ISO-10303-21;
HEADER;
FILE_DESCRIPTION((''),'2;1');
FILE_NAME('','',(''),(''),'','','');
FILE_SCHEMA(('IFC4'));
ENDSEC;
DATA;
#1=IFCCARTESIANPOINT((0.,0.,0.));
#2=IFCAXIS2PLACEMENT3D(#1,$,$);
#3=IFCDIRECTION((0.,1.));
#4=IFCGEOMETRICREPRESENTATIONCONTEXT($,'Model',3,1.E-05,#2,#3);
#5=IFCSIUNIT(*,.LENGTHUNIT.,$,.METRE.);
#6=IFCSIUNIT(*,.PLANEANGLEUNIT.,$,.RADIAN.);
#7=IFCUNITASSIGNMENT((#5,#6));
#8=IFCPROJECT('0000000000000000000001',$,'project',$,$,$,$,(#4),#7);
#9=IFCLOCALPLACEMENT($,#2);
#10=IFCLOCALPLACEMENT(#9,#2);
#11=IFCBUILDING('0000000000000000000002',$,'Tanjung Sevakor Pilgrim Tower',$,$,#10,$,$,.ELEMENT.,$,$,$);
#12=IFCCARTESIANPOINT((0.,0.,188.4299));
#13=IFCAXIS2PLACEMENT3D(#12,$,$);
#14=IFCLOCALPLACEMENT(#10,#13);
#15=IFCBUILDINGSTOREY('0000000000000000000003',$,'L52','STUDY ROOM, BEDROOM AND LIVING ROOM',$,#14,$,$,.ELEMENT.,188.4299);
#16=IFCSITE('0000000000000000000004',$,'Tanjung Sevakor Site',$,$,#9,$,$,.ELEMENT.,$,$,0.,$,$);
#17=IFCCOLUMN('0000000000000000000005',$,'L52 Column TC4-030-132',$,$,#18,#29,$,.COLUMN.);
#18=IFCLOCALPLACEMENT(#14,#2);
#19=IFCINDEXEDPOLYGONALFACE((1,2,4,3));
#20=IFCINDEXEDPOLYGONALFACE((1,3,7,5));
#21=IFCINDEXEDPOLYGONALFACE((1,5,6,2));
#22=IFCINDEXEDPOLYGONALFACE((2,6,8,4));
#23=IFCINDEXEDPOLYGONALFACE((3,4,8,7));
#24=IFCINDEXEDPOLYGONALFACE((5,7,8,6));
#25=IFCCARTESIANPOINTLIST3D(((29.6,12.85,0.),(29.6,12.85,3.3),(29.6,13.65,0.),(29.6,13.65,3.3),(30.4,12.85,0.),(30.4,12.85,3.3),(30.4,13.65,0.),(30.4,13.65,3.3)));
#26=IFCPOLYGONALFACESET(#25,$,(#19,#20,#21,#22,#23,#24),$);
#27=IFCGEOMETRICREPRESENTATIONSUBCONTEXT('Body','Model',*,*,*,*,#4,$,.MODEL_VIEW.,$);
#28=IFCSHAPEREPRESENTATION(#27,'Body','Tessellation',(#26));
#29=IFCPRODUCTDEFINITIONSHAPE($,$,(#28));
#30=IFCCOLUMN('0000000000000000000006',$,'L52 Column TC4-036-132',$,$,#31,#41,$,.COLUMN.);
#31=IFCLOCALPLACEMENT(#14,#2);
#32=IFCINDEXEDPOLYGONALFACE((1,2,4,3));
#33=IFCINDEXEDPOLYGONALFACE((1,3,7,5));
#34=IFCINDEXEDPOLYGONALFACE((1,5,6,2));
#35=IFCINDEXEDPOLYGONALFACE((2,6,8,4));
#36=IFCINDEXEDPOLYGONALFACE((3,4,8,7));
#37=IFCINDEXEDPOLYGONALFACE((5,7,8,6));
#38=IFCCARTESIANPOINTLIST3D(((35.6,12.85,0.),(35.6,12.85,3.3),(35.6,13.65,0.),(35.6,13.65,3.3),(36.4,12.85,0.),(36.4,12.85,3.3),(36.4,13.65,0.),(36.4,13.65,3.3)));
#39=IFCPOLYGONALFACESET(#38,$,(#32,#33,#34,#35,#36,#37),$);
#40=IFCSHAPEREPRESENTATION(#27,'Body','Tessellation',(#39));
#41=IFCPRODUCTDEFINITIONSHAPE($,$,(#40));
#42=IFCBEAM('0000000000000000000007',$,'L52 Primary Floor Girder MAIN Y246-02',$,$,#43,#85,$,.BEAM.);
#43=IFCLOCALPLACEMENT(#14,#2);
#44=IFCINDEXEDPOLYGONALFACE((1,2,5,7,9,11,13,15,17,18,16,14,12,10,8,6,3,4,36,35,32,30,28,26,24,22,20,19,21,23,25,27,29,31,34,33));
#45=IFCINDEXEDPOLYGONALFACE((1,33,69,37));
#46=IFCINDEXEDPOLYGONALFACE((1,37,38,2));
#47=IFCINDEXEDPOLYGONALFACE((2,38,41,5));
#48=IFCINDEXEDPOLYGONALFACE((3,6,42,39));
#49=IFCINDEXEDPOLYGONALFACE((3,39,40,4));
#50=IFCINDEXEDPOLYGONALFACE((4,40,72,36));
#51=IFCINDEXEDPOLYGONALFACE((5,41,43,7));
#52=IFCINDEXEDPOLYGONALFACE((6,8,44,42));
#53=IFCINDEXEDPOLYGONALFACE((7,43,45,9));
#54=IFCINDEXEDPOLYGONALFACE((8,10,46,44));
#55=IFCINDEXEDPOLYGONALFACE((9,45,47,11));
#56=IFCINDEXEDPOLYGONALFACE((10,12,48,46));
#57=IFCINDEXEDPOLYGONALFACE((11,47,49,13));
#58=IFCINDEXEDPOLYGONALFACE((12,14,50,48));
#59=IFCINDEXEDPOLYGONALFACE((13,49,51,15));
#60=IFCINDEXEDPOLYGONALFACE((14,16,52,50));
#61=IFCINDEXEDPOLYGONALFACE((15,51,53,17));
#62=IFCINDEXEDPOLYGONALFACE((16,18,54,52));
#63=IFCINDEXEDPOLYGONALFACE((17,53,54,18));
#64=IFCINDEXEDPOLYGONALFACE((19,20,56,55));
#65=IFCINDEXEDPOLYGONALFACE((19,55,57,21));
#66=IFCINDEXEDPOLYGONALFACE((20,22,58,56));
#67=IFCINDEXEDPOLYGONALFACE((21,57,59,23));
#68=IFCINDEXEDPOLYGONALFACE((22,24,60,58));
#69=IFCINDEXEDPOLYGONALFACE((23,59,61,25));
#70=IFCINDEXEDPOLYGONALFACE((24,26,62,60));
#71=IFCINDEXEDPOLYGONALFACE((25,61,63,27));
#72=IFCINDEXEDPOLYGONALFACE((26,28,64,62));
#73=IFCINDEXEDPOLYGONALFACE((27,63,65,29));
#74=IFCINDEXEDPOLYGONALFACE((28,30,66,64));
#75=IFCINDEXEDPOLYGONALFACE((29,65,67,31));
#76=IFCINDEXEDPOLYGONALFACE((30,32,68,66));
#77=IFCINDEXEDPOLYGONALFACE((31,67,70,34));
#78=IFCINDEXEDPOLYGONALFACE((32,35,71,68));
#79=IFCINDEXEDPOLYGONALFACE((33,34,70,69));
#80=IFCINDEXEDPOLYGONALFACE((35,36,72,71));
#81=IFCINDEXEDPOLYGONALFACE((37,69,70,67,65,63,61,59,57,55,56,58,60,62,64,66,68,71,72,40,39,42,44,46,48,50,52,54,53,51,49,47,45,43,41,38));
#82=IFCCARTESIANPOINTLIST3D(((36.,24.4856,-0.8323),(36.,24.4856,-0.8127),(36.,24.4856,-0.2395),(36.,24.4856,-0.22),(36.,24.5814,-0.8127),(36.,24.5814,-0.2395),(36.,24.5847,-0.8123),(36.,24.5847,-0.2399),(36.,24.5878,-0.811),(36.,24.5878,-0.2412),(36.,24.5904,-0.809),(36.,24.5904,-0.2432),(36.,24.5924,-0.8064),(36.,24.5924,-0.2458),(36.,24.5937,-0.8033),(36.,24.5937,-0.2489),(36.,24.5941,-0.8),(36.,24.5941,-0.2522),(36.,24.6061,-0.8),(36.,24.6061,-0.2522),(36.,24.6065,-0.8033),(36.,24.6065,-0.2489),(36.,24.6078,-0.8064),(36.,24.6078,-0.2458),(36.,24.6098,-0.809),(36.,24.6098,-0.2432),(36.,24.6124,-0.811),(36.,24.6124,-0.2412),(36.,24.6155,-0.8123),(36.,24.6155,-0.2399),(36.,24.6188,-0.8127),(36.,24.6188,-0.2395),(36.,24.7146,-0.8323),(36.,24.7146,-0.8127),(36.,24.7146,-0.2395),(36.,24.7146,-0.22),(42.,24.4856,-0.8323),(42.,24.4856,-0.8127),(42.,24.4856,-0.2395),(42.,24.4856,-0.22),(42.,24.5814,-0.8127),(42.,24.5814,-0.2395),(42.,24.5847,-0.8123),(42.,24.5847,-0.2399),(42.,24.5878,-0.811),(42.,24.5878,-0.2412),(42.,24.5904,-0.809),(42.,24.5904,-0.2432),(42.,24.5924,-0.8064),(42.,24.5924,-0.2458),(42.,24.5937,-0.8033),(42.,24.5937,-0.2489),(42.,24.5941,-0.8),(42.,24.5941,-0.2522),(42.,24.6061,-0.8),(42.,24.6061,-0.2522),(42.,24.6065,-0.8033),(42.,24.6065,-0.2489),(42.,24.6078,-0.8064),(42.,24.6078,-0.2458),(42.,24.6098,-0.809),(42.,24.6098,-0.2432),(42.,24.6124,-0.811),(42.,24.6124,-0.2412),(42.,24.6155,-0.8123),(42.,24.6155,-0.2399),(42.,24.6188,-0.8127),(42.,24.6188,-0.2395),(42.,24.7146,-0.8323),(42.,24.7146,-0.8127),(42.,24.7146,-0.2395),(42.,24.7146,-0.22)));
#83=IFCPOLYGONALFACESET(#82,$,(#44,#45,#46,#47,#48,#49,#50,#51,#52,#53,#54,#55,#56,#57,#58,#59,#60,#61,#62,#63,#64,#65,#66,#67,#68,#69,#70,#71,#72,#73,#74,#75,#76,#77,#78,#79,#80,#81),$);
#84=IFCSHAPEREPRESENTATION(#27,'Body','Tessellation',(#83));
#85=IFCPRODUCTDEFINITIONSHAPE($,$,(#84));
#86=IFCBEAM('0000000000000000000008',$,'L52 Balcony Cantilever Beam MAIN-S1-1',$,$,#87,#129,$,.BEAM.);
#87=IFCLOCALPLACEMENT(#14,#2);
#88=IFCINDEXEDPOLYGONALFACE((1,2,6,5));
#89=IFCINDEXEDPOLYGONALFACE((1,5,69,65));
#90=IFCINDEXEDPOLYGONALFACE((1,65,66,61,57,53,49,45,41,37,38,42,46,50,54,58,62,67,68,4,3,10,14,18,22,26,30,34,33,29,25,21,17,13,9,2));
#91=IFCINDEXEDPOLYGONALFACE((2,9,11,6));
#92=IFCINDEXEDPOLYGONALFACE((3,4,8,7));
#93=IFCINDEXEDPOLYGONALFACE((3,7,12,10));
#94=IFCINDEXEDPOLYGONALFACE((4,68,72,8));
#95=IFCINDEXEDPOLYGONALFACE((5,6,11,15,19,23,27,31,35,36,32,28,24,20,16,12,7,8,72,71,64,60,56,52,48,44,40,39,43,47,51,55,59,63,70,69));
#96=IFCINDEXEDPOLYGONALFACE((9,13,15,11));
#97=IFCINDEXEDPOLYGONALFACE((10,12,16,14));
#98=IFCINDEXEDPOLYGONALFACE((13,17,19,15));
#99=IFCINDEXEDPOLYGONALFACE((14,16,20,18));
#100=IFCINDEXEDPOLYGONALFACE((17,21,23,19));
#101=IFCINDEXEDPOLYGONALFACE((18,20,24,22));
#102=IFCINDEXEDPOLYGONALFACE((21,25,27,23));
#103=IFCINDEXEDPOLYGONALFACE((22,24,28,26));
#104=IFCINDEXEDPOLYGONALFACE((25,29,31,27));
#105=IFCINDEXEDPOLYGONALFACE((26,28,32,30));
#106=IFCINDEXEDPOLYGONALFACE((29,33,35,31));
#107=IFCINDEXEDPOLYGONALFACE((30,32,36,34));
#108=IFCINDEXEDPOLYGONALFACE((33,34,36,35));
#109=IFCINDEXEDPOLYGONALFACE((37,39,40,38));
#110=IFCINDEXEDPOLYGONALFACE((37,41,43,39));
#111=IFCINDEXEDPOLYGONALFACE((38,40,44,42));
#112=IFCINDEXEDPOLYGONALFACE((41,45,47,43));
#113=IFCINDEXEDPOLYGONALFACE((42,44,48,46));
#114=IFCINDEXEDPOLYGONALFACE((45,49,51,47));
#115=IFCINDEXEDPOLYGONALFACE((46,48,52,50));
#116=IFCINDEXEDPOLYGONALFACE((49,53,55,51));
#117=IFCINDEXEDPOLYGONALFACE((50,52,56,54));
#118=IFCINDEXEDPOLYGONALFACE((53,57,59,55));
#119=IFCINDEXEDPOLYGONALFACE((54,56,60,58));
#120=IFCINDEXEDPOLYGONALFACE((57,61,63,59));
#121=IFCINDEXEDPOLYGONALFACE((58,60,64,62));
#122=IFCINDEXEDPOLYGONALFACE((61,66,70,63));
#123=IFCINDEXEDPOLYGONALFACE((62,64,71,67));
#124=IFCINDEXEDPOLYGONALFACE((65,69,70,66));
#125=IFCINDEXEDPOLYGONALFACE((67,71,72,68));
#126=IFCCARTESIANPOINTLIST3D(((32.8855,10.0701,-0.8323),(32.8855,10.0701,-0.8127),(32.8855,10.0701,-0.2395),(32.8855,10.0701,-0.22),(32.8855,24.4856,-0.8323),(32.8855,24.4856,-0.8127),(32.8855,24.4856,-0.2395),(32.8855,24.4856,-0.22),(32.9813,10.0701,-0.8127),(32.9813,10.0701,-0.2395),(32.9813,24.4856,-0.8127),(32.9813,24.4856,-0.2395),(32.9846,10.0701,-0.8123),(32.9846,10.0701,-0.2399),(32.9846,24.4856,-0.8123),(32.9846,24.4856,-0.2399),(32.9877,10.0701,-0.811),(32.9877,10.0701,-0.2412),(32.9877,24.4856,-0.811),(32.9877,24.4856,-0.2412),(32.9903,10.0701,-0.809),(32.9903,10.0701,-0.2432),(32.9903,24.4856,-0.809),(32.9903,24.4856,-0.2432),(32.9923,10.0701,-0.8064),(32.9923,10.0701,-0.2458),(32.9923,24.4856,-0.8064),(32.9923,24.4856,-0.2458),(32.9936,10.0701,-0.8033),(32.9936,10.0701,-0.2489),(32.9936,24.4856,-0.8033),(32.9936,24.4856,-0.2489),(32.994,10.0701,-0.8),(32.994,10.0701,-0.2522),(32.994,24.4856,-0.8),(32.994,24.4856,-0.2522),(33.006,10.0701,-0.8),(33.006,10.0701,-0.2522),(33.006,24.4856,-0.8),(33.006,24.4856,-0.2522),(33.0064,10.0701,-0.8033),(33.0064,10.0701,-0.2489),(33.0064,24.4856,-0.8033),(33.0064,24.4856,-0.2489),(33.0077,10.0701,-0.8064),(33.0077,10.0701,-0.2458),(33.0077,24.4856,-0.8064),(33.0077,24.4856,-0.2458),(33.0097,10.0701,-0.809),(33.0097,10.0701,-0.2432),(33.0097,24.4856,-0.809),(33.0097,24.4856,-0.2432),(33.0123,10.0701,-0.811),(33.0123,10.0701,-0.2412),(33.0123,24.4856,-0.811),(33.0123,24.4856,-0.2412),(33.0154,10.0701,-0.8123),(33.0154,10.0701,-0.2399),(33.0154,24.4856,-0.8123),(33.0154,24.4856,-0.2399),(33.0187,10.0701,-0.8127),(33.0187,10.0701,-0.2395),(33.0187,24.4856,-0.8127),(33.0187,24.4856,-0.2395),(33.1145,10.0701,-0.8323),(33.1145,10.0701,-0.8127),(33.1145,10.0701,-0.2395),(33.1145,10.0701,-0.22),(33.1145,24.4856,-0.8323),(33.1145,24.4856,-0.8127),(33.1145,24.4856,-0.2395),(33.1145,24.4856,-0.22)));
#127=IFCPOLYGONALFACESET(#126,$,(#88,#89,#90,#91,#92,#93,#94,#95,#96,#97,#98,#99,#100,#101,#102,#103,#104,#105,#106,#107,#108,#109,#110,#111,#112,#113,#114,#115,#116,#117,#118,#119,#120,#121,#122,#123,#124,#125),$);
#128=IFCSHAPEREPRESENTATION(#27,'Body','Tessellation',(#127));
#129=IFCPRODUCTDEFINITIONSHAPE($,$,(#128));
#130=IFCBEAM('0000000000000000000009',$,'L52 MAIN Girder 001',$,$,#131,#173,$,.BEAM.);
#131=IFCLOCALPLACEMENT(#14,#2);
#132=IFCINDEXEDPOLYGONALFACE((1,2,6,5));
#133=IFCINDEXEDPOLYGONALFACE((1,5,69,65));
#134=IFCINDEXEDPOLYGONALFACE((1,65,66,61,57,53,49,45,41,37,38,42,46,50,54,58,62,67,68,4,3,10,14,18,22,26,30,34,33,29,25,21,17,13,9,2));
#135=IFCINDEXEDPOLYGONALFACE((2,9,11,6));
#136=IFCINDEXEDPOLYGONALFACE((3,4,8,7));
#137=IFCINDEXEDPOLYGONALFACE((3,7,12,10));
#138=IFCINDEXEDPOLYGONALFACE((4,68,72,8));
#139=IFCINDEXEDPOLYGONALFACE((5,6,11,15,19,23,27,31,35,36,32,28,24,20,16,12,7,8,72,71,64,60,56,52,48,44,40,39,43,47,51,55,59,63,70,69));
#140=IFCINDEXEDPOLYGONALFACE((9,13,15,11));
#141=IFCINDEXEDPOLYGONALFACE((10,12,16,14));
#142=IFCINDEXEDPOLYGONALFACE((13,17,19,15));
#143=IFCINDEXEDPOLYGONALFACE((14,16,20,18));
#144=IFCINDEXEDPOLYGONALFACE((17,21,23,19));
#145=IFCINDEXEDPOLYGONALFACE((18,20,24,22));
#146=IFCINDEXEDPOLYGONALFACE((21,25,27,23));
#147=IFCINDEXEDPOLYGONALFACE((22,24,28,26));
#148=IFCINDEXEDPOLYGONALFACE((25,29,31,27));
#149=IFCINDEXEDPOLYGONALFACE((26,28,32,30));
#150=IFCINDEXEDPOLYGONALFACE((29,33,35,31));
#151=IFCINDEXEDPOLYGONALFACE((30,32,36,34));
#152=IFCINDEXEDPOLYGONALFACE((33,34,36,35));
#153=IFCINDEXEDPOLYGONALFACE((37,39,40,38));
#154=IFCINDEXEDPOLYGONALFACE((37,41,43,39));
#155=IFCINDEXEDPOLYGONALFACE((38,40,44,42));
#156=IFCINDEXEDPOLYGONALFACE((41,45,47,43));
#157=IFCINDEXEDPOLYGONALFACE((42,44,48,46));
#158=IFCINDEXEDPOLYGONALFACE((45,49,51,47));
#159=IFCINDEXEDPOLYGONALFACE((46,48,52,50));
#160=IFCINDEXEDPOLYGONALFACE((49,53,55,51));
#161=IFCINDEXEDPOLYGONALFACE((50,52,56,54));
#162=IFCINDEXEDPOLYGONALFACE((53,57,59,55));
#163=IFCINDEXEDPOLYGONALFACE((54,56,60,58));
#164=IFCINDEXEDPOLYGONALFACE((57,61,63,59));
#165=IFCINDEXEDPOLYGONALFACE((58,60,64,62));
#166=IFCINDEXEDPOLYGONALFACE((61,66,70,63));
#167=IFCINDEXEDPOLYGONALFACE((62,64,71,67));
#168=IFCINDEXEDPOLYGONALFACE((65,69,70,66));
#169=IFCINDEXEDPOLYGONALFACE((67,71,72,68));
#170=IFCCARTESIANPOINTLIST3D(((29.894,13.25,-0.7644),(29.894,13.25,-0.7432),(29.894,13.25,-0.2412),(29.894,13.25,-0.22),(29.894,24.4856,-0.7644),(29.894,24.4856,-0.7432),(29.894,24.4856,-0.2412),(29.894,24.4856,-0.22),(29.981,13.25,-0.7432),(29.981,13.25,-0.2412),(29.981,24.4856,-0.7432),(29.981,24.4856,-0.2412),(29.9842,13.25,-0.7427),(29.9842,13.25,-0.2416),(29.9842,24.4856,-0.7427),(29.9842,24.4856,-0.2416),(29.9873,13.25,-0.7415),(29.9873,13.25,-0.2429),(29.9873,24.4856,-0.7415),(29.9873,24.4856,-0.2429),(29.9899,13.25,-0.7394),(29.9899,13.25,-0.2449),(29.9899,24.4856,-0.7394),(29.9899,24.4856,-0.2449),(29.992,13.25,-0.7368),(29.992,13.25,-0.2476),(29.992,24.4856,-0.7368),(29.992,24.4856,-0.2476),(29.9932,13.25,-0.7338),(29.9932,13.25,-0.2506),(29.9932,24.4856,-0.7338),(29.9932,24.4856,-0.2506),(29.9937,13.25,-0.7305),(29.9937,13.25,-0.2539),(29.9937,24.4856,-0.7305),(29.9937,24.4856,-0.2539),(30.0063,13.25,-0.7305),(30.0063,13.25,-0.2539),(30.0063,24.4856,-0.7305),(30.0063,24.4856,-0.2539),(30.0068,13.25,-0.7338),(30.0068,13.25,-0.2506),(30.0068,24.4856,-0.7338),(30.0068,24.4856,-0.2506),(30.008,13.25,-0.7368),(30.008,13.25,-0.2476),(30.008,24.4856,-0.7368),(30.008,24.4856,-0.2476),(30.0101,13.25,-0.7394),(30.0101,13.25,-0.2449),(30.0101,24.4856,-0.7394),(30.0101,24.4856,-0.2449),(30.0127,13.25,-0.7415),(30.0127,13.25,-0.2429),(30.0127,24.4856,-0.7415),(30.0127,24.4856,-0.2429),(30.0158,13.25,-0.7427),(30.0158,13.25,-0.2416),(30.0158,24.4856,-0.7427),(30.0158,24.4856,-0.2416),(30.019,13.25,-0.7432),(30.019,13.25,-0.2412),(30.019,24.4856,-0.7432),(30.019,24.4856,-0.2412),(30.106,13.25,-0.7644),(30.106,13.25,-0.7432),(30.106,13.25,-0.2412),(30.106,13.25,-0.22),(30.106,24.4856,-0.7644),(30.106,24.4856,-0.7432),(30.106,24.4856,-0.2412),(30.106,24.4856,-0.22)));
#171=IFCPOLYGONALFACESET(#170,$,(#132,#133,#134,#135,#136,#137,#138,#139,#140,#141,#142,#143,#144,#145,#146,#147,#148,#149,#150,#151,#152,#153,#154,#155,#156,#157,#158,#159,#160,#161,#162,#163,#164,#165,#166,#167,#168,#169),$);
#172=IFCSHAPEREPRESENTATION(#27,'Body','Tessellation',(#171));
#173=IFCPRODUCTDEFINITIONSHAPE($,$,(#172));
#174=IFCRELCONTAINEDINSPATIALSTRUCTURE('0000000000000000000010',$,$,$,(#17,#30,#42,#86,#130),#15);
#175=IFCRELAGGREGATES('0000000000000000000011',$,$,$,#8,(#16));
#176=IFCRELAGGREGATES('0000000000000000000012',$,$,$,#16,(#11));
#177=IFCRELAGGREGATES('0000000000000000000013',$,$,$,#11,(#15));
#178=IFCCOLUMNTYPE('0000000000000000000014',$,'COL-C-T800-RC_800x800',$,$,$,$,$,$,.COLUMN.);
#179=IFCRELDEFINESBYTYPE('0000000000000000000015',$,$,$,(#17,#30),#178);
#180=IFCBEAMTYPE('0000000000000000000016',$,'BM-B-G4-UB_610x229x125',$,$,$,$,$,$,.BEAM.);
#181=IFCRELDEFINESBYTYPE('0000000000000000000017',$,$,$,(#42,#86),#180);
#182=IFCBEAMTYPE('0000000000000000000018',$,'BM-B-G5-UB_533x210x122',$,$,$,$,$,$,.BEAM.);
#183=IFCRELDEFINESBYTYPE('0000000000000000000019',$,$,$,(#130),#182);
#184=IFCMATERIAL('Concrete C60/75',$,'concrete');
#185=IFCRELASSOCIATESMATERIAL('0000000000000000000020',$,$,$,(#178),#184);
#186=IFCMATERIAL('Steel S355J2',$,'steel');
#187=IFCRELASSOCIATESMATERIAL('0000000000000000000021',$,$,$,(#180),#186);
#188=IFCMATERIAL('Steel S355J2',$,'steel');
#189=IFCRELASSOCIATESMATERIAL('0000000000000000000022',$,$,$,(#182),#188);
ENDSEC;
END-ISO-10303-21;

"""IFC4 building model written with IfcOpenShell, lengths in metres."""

from ifc_helpers import new_model, si_unit, direction, frame, origin, origin_2d, place, context, subcontext, project, spatial, rectangle, i_section, extrude, material, material_profile, profile_set, type_object, element, save


model = new_model("IFC4")

# Units and contexts
model_context = context("Model", 3, precision=1e-05, world=origin(), true_north=direction((0.0, 1.0)))
body_context = subcontext(model_context, "Body", "Model", "MODEL_VIEW")
ifc_project = project(units=[si_unit("LENGTHUNIT", "METRE"), si_unit("PLANEANGLEUNIT", "RADIAN")], contexts=[model_context])

# Site, building, storey
site_placement = place(None, origin())
site = spatial("IfcSite", under=ifc_project, at=site_placement, Name="Tanjung Sevakor Site", CompositionType="ELEMENT", RefElevation=0.0)
building_placement = place(site_placement, origin())
building = spatial("IfcBuilding", under=site, at=building_placement, Name="Tanjung Sevakor Pilgrim Tower", CompositionType="ELEMENT")
storey_placement = place(building_placement, frame((0.0, 0.0, 188.4299)))
storey = spatial("IfcBuildingStorey", under=building, at=storey_placement, Name="L52", Description="STUDY ROOM, BEDROOM AND LIVING ROOM", CompositionType="ELEMENT", Elevation=188.4299)

# Columns
ifc_material_1 = material(Name="Concrete C60/75", Category="concrete")
ifc_material_profile_1 = material_profile(ifc_material_1, rectangle(XDim=0.8, YDim=0.8, at=origin_2d()))
ifc_profile_set_1 = profile_set([ifc_material_profile_1], Name="Concrete C60/75")
column_type = type_object("IfcColumnType", Name="COL-C-T800-RC_800x800", PredefinedType="COLUMN", material=ifc_profile_set_1)
for number, where, z_axis, x_axis, name in (
    (1, (30.0, 13.25, 0.0), (0.0, 0.0, 1.0), (1.0, 0.0, 0.0), "L52 Column TC4-030-132"),
    (2, (36.0, 13.25, 0.0), (0.0, 0.0, 1.0), (1.0, 0.0, 0.0), "L52 Column TC4-036-132"),
):
    element("IfcColumn", number, at=place(storey_placement, frame(where, z_axis=z_axis, x_axis=x_axis)), inside=storey, type_object=column_type, Name=name, PredefinedType="COLUMN", context=body_context, shape_type="SweptSolid", body=[
        extrude(rectangle(XDim=0.8, YDim=0.8, at=origin_2d()), origin(), (0.0, 0.0, 1.0), 3.3),
    ])

# Beams
ifc_material_2 = material(Name="Steel S355J2", Category="steel")
ifc_material_profile_2 = material_profile(ifc_material_2, i_section(OverallWidth=0.229, OverallDepth=0.6123, WebThickness=0.012, FlangeThickness=0.0195, FilletRadius=0.0127, at=origin_2d()))
ifc_profile_set_2 = profile_set([ifc_material_profile_2], Name="Steel S355J2")
beam_type_1 = type_object("IfcBeamType", Name="BM-B-G4-UB_610x229x125", PredefinedType="BEAM", material=ifc_profile_set_2)
beam_1_placement = place(storey_placement, frame((36.0, 24.6001, -0.5261), z_axis=(1.0, 0.0, 0.0), x_axis=(0.0, 1.0, 0.0)))
element("IfcBeam", 3, at=beam_1_placement, inside=storey, type_object=beam_type_1, Name="L52 Primary Floor Girder MAIN Y246-02", PredefinedType="BEAM", context=body_context, shape_type="SweptSolid", body=[
    extrude(i_section(OverallWidth=0.229, OverallDepth=0.6123, WebThickness=0.012, FlangeThickness=0.0195, FilletRadius=0.0127, at=origin_2d()), origin(), (0.0, 0.0, 1.0), 6.0),
])
beam_2_placement = place(storey_placement, frame((33.0, 24.4856, -0.5261), z_axis=(0.0, -1.0, 0.0), x_axis=(1.0, 0.0, 0.0)))
element("IfcBeam", 4, at=beam_2_placement, inside=storey, type_object=beam_type_1, Name="L52 Balcony Cantilever Beam MAIN-S1-1", PredefinedType="BEAM", context=body_context, shape_type="SweptSolid", body=[
    extrude(i_section(OverallWidth=0.229, OverallDepth=0.6123, WebThickness=0.012, FlangeThickness=0.0195, FilletRadius=0.0127, at=origin_2d()), origin(), (0.0, 0.0, 1.0), 14.4155),
])
ifc_material_3 = material(Name="Steel S355J2", Category="steel")
ifc_material_profile_3 = material_profile(ifc_material_3, i_section(OverallWidth=0.2119, OverallDepth=0.5444, WebThickness=0.0127, FlangeThickness=0.0212, FilletRadius=0.0127, at=origin_2d()))
ifc_profile_set_3 = profile_set([ifc_material_profile_3], Name="Steel S355J2")
beam_type_2 = type_object("IfcBeamType", Name="BM-B-G5-UB_533x210x122", PredefinedType="BEAM", material=ifc_profile_set_3)
for number, where, z_axis, x_axis, name in (
    (5, (30.0, 13.25, -0.4922), (0.0, 1.0, 0.0), (-1.0, 0.0, 0.0), "L52 MAIN Girder 001"),
):
    element("IfcBeam", number, at=place(storey_placement, frame(where, z_axis=z_axis, x_axis=x_axis)), inside=storey, type_object=beam_type_2, Name=name, PredefinedType="BEAM", context=body_context, shape_type="SweptSolid", body=[
        extrude(i_section(OverallWidth=0.2119, OverallDepth=0.5444, WebThickness=0.0127, FlangeThickness=0.0212, FilletRadius=0.0127, at=origin_2d()), origin(), (0.0, 0.0, 1.0), 11.2356),
    ])

save(model, "model.ifc")
